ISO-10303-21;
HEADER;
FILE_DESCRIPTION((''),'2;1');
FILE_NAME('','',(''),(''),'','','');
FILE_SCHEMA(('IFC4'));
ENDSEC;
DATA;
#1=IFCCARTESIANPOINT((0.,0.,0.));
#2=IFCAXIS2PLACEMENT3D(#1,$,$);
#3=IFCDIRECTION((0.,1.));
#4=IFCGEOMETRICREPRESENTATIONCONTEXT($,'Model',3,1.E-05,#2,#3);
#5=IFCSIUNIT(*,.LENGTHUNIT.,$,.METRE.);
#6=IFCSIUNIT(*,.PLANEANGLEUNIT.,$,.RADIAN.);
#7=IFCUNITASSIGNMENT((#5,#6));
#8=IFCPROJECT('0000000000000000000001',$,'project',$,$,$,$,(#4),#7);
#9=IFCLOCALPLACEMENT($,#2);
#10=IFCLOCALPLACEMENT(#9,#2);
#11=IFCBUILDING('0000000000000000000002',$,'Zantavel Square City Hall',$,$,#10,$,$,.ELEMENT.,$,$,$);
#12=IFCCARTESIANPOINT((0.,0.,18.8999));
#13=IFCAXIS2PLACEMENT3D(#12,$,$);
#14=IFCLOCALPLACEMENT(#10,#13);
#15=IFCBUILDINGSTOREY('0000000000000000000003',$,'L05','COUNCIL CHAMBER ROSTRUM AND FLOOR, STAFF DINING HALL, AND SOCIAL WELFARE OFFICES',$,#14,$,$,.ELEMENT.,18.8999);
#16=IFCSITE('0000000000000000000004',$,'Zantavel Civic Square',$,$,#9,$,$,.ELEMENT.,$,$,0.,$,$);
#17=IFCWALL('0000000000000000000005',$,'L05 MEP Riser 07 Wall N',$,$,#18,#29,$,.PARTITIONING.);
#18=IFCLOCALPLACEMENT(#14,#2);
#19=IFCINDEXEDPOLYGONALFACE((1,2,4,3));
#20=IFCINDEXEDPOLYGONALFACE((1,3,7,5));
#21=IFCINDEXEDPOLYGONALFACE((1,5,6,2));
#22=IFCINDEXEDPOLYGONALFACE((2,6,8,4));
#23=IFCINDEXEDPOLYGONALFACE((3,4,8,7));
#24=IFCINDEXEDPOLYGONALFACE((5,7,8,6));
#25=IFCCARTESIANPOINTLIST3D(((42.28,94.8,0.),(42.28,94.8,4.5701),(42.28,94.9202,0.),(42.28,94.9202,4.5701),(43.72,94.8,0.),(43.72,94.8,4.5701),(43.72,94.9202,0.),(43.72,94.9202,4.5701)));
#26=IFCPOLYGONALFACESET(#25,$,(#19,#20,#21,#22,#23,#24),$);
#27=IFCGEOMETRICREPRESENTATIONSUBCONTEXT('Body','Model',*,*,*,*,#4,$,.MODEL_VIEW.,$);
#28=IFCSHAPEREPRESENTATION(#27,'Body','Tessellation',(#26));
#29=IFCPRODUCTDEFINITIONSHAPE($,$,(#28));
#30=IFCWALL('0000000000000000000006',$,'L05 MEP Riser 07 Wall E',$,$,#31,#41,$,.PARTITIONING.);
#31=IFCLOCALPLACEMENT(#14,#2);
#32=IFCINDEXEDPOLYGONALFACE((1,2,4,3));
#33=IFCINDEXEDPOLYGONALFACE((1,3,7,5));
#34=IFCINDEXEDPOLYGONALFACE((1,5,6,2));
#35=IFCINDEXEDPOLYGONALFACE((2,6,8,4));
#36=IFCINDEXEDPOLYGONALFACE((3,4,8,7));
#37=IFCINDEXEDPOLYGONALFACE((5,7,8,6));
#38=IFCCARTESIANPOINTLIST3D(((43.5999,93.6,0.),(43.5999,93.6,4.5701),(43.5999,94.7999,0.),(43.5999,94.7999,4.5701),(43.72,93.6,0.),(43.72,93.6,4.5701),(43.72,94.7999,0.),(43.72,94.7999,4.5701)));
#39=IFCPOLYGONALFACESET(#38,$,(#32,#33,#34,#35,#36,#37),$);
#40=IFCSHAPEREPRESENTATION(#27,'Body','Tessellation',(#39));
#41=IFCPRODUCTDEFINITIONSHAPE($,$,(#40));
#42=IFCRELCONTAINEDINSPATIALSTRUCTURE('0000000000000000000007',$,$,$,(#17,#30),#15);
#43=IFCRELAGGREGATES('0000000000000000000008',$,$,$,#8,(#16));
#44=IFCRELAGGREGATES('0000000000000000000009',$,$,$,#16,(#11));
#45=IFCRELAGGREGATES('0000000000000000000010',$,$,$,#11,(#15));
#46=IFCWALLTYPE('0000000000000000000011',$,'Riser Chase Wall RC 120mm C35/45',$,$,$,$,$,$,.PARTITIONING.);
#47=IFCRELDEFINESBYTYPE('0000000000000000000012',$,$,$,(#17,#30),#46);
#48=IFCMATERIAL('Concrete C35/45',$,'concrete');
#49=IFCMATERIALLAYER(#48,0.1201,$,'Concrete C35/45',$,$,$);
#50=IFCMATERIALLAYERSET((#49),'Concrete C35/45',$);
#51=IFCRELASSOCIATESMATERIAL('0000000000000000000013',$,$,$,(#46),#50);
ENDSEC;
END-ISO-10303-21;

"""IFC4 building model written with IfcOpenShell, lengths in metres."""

from ifc_helpers import new_model, si_unit, direction, frame, frame_2d, origin, place, context, subcontext, project, spatial, rectangle, extrude, material, layer, layer_set, type_object, element, save


model = new_model("IFC4")

# Units and contexts
model_context = context("Model", 3, precision=1e-05, world=origin(), true_north=direction((0.0, 1.0)))
body_context = subcontext(model_context, "Body", "Model", "MODEL_VIEW")
ifc_project = project(units=[si_unit("LENGTHUNIT", "METRE"), si_unit("PLANEANGLEUNIT", "RADIAN")], contexts=[model_context])

# Site, building, storey
site_placement = place(None, origin())
site = spatial("IfcSite", under=ifc_project, at=site_placement, Name="Zantavel Civic Square", CompositionType="ELEMENT", RefElevation=0.0)
building_placement = place(site_placement, origin())
building = spatial("IfcBuilding", under=site, at=building_placement, Name="Zantavel Square City Hall", CompositionType="ELEMENT")
storey_placement = place(building_placement, frame((0.0, 0.0, 18.8999)))
storey = spatial("IfcBuildingStorey", under=building, at=storey_placement, Name="L05", Description="COUNCIL CHAMBER ROSTRUM AND FLOOR, STAFF DINING HALL, AND SOCIAL WELFARE OFFICES", CompositionType="ELEMENT", Elevation=18.8999)

# Shared definitions
ifc_material_1 = material(Name="Concrete C35/45", Category="concrete")

# Walls
ifc_layer_1 = layer(ifc_material_1, 0.1201, Name="Concrete C35/45")
ifc_layer_set_1 = layer_set([ifc_layer_1], Name="Concrete C35/45")
wall_type_1 = type_object("IfcWallType", Name="Riser Chase Wall RC 120mm C35/45", PredefinedType="PARTITIONING", material=ifc_layer_set_1)
wall_1_placement = place(storey_placement, frame((42.28, 94.8601, 0.0), z_axis=(0.0, 0.0, 1.0), x_axis=(1.0, 0.0, 0.0)))
element("IfcWall", 1, at=wall_1_placement, inside=storey, type_object=wall_type_1, Name="L05 MEP Riser 07 Wall N", PredefinedType="PARTITIONING", context=body_context, shape_type="SweptSolid", body=[
    extrude(rectangle(XDim=1.4399, YDim=0.1201, at=frame_2d((0.72, 0.0))), origin(), (0.0, 0.0, 1.0), 4.5701),
])
wall_2_placement = place(storey_placement, frame((43.6599, 94.8, 0.0), z_axis=(0.0, 0.0, 1.0), x_axis=(0.0, -1.0, 0.0)))
element("IfcWall", 2, at=wall_2_placement, inside=storey, type_object=wall_type_1, Name="L05 MEP Riser 07 Wall E", PredefinedType="PARTITIONING", context=body_context, shape_type="SweptSolid", body=[
    extrude(rectangle(XDim=1.2, YDim=0.1201, at=frame_2d((0.6001, 0.0))), origin(), (0.0, 0.0, 1.0), 4.5701),
])

save(model, "model.ifc")
